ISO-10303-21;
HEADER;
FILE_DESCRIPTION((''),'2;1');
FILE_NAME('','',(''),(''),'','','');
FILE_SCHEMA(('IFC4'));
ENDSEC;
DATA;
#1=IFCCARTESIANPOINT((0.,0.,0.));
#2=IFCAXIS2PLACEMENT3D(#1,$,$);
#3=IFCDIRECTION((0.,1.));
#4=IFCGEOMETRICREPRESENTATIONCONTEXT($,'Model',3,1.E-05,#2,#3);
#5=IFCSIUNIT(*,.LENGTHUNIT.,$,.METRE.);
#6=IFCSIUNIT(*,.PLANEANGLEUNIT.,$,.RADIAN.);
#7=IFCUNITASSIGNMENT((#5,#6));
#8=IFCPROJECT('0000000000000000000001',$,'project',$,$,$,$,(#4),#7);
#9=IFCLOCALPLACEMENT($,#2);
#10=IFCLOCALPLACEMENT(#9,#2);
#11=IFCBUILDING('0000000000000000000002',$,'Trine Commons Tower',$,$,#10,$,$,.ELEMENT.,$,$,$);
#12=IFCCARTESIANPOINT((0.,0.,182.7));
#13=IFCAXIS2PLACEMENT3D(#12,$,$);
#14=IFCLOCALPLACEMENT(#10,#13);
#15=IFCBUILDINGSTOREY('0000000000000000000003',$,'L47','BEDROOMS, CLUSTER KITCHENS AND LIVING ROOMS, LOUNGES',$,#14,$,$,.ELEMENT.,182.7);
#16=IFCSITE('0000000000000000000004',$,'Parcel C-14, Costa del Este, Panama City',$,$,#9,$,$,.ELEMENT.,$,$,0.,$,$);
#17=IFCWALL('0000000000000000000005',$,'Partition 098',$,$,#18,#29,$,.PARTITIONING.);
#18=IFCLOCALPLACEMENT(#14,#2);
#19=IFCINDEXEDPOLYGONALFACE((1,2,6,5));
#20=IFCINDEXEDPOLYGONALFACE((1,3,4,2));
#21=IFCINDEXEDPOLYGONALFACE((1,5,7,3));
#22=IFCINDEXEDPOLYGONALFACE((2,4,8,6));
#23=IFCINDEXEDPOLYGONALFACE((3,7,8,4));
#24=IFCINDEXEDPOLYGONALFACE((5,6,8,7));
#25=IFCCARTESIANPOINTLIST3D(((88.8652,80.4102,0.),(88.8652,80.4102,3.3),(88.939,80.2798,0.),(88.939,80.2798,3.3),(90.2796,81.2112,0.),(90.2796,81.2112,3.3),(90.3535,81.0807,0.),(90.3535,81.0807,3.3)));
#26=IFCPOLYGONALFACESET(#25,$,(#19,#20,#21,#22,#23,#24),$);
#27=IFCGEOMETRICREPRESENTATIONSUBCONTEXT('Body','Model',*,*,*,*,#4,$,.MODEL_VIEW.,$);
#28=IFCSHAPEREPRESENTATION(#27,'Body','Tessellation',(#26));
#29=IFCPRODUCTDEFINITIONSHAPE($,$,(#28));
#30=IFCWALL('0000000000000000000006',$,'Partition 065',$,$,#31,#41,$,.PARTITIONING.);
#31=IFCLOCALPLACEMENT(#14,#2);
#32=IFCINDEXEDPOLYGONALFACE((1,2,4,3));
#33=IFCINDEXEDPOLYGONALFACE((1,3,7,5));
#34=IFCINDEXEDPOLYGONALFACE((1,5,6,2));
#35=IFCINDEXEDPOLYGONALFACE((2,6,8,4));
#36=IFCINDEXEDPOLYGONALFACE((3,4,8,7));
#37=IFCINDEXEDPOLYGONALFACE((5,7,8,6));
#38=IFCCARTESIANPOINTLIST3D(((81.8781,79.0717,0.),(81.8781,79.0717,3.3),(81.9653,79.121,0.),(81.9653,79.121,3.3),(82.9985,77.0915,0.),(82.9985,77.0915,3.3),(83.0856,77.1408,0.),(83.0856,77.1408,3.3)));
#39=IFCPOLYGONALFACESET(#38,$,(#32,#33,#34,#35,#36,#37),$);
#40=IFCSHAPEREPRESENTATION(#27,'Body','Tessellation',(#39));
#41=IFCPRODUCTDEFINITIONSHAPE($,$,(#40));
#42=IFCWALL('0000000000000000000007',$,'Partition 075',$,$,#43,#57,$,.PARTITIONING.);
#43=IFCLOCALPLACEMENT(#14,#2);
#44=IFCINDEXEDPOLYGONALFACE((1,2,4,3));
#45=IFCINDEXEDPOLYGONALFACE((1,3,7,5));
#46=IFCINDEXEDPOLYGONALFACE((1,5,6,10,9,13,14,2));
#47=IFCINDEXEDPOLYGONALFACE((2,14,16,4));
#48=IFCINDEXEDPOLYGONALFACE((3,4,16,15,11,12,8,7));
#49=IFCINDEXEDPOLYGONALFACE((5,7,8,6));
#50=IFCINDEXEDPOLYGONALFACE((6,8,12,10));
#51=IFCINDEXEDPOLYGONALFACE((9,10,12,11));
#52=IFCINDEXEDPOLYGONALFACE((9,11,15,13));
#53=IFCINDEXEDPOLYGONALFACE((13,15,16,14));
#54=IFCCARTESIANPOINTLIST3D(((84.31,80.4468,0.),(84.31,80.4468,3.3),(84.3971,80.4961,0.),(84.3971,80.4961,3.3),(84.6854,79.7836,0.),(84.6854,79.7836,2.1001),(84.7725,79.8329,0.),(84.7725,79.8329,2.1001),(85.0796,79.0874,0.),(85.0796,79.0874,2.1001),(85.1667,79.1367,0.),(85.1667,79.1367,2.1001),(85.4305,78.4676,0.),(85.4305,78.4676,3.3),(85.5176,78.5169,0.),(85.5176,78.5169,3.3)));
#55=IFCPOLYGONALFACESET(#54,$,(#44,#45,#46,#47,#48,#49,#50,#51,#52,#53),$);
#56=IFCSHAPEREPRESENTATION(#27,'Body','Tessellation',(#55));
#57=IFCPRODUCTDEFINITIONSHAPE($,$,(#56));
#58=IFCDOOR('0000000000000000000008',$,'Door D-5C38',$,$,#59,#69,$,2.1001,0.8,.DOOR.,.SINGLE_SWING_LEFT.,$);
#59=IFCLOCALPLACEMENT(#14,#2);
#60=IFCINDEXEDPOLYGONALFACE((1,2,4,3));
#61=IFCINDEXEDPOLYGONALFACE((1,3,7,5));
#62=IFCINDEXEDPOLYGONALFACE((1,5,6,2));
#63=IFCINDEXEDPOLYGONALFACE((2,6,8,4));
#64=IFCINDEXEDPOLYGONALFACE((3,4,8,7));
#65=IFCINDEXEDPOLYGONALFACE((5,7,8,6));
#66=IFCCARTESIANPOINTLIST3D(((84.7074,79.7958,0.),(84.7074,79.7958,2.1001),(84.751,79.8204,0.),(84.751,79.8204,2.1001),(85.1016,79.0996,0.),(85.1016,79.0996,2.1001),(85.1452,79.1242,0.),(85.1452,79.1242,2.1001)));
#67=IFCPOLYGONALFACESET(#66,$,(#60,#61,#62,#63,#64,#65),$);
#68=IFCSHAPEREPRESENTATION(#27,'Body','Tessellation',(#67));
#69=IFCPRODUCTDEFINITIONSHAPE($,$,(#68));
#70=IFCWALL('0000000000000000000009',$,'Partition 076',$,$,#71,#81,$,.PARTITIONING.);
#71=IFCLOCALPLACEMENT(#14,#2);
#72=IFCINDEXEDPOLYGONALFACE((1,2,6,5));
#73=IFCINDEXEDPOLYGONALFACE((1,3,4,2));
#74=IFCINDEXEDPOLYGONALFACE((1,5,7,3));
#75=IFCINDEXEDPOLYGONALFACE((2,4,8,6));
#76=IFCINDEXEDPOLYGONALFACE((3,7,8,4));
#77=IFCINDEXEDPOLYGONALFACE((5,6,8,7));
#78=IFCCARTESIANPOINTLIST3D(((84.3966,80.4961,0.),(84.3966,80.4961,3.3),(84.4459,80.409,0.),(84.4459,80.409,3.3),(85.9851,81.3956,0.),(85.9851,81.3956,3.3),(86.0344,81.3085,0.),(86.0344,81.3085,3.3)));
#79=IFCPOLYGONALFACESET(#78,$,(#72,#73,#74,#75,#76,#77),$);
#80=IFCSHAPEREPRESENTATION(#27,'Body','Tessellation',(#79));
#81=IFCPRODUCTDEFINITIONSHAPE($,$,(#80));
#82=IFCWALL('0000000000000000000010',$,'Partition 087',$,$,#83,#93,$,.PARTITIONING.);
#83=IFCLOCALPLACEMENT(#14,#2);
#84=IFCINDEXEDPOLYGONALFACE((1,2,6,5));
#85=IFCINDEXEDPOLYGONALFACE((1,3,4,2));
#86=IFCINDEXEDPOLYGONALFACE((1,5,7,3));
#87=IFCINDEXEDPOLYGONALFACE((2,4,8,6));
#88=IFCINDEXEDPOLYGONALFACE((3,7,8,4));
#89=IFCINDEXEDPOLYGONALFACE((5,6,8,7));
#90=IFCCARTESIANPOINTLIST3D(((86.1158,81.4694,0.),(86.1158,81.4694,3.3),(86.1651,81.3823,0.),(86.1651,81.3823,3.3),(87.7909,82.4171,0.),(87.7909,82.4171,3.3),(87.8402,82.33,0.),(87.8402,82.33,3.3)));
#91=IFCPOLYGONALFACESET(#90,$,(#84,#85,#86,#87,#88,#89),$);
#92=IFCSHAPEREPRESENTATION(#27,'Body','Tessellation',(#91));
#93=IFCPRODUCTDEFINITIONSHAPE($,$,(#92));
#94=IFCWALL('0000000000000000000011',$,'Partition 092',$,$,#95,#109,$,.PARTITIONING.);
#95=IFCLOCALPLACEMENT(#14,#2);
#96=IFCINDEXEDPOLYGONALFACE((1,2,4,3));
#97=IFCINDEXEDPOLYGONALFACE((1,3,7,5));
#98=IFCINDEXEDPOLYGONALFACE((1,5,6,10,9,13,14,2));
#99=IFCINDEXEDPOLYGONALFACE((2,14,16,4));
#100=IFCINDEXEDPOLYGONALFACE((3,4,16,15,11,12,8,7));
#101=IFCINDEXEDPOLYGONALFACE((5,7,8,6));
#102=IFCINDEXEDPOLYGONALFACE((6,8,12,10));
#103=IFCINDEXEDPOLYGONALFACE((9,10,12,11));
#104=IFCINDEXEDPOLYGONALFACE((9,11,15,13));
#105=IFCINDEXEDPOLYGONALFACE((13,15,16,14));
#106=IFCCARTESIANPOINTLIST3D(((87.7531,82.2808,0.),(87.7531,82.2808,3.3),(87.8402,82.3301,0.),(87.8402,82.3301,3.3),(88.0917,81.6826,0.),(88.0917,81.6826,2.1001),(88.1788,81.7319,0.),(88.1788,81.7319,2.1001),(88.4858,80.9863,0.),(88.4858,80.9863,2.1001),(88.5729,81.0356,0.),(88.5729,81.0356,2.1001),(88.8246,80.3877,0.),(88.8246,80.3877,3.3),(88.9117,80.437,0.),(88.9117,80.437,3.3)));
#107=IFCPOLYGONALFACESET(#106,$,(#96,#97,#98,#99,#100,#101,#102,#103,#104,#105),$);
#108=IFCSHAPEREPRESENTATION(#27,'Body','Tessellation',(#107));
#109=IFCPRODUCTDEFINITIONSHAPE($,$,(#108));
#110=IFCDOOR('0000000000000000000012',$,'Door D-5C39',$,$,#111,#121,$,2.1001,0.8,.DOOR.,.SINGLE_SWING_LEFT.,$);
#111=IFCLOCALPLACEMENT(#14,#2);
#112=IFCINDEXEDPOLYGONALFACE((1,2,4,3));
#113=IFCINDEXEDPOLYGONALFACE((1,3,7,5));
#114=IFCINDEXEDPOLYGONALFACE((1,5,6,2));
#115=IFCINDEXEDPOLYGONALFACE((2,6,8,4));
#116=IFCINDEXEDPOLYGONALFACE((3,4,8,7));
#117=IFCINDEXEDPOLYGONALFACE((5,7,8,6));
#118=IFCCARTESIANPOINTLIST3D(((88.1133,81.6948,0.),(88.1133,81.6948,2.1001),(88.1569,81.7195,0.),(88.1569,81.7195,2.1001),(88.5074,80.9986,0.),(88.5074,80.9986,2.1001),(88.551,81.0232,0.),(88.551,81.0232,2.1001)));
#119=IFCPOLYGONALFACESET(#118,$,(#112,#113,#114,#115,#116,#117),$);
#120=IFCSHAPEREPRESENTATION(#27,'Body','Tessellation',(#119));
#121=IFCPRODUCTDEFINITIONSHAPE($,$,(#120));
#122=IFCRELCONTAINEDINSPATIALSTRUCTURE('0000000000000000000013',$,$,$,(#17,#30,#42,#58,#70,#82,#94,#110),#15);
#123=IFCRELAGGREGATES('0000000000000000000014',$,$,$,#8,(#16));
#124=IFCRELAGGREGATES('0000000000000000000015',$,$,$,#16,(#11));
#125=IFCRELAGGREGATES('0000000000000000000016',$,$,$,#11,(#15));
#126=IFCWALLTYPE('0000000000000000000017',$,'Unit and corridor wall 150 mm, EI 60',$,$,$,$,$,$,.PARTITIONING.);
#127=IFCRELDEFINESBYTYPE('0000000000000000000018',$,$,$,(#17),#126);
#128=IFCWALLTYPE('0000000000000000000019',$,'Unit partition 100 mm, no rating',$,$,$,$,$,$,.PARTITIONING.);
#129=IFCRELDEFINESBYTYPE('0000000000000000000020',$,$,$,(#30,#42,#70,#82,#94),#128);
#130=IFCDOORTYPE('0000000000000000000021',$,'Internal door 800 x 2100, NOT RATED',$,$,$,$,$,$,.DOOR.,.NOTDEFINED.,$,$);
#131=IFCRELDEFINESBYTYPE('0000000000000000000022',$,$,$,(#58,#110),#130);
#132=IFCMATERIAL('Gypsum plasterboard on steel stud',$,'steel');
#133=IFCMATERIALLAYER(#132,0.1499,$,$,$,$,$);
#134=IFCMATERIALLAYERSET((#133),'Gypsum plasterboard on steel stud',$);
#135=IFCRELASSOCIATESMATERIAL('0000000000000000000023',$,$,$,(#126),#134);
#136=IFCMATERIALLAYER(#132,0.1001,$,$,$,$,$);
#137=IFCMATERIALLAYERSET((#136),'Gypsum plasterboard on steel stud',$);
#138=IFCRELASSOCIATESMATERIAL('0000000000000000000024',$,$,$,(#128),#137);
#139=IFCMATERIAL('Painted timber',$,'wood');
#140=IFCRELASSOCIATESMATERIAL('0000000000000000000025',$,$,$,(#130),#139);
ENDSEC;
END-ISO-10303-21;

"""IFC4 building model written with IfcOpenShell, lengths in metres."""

from ifc_helpers import new_model, si_unit, direction, frame, frame_2d, origin, place, context, subcontext, project, spatial, rectangle, extrude, material, layer, layer_set, type_object, element, fill, save


model = new_model("IFC4")

# Units and contexts
model_context = context("Model", 3, precision=1e-05, world=origin(), true_north=direction((0.0, 1.0)))
body_context = subcontext(model_context, "Body", "Model", "MODEL_VIEW")
ifc_project = project(units=[si_unit("LENGTHUNIT", "METRE"), si_unit("PLANEANGLEUNIT", "RADIAN")], contexts=[model_context])

# Site, building, storey
site_placement = place(None, origin())
site = spatial("IfcSite", under=ifc_project, at=site_placement, Name="Parcel C-14, Costa del Este, Panama City", CompositionType="ELEMENT", RefElevation=0.0)
building_placement = place(site_placement, origin())
building = spatial("IfcBuilding", under=site, at=building_placement, Name="Trine Commons Tower", CompositionType="ELEMENT")
storey_placement = place(building_placement, frame((0.0, 0.0, 182.7)))
storey = spatial("IfcBuildingStorey", under=building, at=storey_placement, Name="L47", Description="BEDROOMS, CLUSTER KITCHENS AND LIVING ROOMS, LOUNGES", CompositionType="ELEMENT", Elevation=182.7)

# Shared definitions
ifc_material_1 = material(Name="Gypsum plasterboard on steel stud", Category="steel")
ifc_layer_1 = layer(ifc_material_1, 0.1499)
ifc_layer_set_1 = layer_set([ifc_layer_1], Name="Gypsum plasterboard on steel stud")
wall_type_1 = type_object("IfcWallType", Name="Unit and corridor wall 150 mm, EI 60", PredefinedType="PARTITIONING", material=ifc_layer_set_1)

# Walls
wall_1_placement = place(storey_placement, frame((88.9021, 80.345, 0.0), z_axis=(0.0, 0.0, 1.0), x_axis=(0.870168, 0.492755, 0.0)))
element("IfcWall", 1, at=wall_1_placement, inside=storey, type_object=wall_type_1, Name="Partition 098", PredefinedType="PARTITIONING", context=body_context, shape_type="SweptSolid", body=[
    extrude(rectangle(XDim=1.6255, YDim=0.1499, at=frame_2d((0.8127, 0.0))), origin(), (0.0, 0.0, 1.0), 3.3),
])
ifc_layer_2 = layer(ifc_material_1, 0.1001)
ifc_layer_set_2 = layer_set([ifc_layer_2], Name="Gypsum plasterboard on steel stud")
wall_type_2 = type_object("IfcWallType", Name="Unit partition 100 mm, no rating", PredefinedType="PARTITIONING", material=ifc_layer_set_2)
wall_2_placement = place(storey_placement, frame((81.9216, 79.0964, 0.0), z_axis=(0.0, 0.0, 1.0), x_axis=(0.492425, -0.870355, 0.0)))
element("IfcWall", 2, at=wall_2_placement, inside=storey, type_object=wall_type_2, Name="Partition 065", PredefinedType="PARTITIONING", context=body_context, shape_type="SweptSolid", body=[
    extrude(rectangle(XDim=2.2751, YDim=0.1001, at=frame_2d((1.1377, 0.0))), origin(), (0.0, 0.0, 1.0), 3.3),
])

# Wall, opening, door
wall_3_placement = place(storey_placement, frame((84.3535, 80.4714, 0.0), z_axis=(0.0, 0.0, 1.0), x_axis=(0.49269, -0.870205, 0.0)))
wall_3 = element("IfcWall", 3, at=wall_3_placement, inside=storey, type_object=wall_type_2, Name="Partition 075", PredefinedType="PARTITIONING", context=body_context, shape_type="SweptSolid", body=[
    extrude(rectangle(XDim=2.2744, YDim=0.1001, at=frame_2d((1.1372, 0.0))), origin(), (0.0, 0.0, 1.0), 3.3),
])
opening_1_placement = place(wall_3_placement, frame((0.7622, 0.0, 0.0)))
opening_1 = element("IfcOpeningElement", 4, at=opening_1_placement, cuts=wall_3, PredefinedType="OPENING", context=body_context, shape_type="SweptSolid", body=[
    extrude(rectangle(XDim=0.8, YDim=2.1001, at=frame_2d((0.3999, 1.05))), frame((0.0, 0.0601, 0.0), z_axis=(0.0, -1.0, 0.0), x_axis=(1.0, 0.0, 0.0)), (0.0, 0.0, 1.0), 0.1201),
])
ifc_material_2 = material(Name="Painted timber", Category="wood")
door_type_1 = type_object("IfcDoorType", Name="Internal door 800 x 2100, NOT RATED", OperationType="NOTDEFINED", PredefinedType="DOOR", material=ifc_material_2)
door_1_placement = place(opening_1_placement, frame((0.8, 0.0, 0.0), z_axis=(0.0, 0.0, 1.0), x_axis=(-1.0, 0.0, 0.0)))
door_1 = element("IfcDoor", 5, at=door_1_placement, inside=storey, type_object=door_type_1, Name="Door D-5C38", OperationType="SINGLE_SWING_LEFT", OverallHeight=2.1001, OverallWidth=0.8, PredefinedType="DOOR", context=body_context, shape_type="SweptSolid", body=[
    extrude(rectangle(XDim=0.8, YDim=2.1001, at=frame_2d((0.3999, 1.05))), frame((0.0, 0.0249, 0.0), z_axis=(0.0, -1.0, 0.0), x_axis=(1.0, 0.0, 0.0)), (0.0, 0.0, 1.0), 0.05),
])
fill(opening_1, door_1)

# Walls
wall_4_placement = place(storey_placement, frame((84.4214, 80.4526, 0.0), z_axis=(0.0, 0.0, 1.0), x_axis=(0.870179, 0.492736, 0.0)))
element("IfcWall", 6, at=wall_4_placement, inside=storey, type_object=wall_type_2, Name="Partition 076", PredefinedType="PARTITIONING", context=body_context, shape_type="SweptSolid", body=[
    extrude(rectangle(XDim=1.8254, YDim=0.1001, at=frame_2d((0.9126, 0.0))), origin(), (0.0, 0.0, 1.0), 3.3),
])
wall_5_placement = place(storey_placement, frame((86.1404, 81.4258, 0.0), z_axis=(0.0, 0.0, 1.0), x_axis=(0.870343, 0.492446, 0.0)))
element("IfcWall", 7, at=wall_5_placement, inside=storey, type_object=wall_type_2, Name="Partition 087", PredefinedType="PARTITIONING", context=body_context, shape_type="SweptSolid", body=[
    extrude(rectangle(XDim=1.9246, YDim=0.1001, at=frame_2d((0.9624, 0.0))), origin(), (0.0, 0.0, 1.0), 3.3),
])

# Wall, opening, door
wall_6_placement = place(storey_placement, frame((87.7966, 82.3054, 0.0), z_axis=(0.0, 0.0, 1.0), x_axis=(0.492593, -0.87026, 0.0)))
wall_6 = element("IfcWall", 8, at=wall_6_placement, inside=storey, type_object=wall_type_2, Name="Partition 092", PredefinedType="PARTITIONING", context=body_context, shape_type="SweptSolid", body=[
    extrude(rectangle(XDim=2.1753, YDim=0.1001, at=frame_2d((1.0876, 0.0))), origin(), (0.0, 0.0, 1.0), 3.3),
])
opening_2_placement = place(wall_6_placement, frame((0.6875, 0.0, 0.0)))
opening_2 = element("IfcOpeningElement", 9, at=opening_2_placement, cuts=wall_6, PredefinedType="OPENING", context=body_context, shape_type="SweptSolid", body=[
    extrude(rectangle(XDim=0.8, YDim=2.1001, at=frame_2d((0.3999, 1.05))), frame((0.0, 0.0601, 0.0), z_axis=(0.0, -1.0, 0.0), x_axis=(1.0, 0.0, 0.0)), (0.0, 0.0, 1.0), 0.1201),
])
door_2_placement = place(opening_2_placement, origin())
door_2 = element("IfcDoor", 10, at=door_2_placement, inside=storey, type_object=door_type_1, Name="Door D-5C39", OperationType="SINGLE_SWING_LEFT", OverallHeight=2.1001, OverallWidth=0.8, PredefinedType="DOOR", context=body_context, shape_type="SweptSolid", body=[
    extrude(rectangle(XDim=0.8, YDim=2.1001, at=frame_2d((0.3999, 1.05))), frame((0.0, 0.0249, 0.0), z_axis=(0.0, -1.0, 0.0), x_axis=(1.0, 0.0, 0.0)), (0.0, 0.0, 1.0), 0.05),
])
fill(opening_2, door_2)

save(model, "model.ifc")
